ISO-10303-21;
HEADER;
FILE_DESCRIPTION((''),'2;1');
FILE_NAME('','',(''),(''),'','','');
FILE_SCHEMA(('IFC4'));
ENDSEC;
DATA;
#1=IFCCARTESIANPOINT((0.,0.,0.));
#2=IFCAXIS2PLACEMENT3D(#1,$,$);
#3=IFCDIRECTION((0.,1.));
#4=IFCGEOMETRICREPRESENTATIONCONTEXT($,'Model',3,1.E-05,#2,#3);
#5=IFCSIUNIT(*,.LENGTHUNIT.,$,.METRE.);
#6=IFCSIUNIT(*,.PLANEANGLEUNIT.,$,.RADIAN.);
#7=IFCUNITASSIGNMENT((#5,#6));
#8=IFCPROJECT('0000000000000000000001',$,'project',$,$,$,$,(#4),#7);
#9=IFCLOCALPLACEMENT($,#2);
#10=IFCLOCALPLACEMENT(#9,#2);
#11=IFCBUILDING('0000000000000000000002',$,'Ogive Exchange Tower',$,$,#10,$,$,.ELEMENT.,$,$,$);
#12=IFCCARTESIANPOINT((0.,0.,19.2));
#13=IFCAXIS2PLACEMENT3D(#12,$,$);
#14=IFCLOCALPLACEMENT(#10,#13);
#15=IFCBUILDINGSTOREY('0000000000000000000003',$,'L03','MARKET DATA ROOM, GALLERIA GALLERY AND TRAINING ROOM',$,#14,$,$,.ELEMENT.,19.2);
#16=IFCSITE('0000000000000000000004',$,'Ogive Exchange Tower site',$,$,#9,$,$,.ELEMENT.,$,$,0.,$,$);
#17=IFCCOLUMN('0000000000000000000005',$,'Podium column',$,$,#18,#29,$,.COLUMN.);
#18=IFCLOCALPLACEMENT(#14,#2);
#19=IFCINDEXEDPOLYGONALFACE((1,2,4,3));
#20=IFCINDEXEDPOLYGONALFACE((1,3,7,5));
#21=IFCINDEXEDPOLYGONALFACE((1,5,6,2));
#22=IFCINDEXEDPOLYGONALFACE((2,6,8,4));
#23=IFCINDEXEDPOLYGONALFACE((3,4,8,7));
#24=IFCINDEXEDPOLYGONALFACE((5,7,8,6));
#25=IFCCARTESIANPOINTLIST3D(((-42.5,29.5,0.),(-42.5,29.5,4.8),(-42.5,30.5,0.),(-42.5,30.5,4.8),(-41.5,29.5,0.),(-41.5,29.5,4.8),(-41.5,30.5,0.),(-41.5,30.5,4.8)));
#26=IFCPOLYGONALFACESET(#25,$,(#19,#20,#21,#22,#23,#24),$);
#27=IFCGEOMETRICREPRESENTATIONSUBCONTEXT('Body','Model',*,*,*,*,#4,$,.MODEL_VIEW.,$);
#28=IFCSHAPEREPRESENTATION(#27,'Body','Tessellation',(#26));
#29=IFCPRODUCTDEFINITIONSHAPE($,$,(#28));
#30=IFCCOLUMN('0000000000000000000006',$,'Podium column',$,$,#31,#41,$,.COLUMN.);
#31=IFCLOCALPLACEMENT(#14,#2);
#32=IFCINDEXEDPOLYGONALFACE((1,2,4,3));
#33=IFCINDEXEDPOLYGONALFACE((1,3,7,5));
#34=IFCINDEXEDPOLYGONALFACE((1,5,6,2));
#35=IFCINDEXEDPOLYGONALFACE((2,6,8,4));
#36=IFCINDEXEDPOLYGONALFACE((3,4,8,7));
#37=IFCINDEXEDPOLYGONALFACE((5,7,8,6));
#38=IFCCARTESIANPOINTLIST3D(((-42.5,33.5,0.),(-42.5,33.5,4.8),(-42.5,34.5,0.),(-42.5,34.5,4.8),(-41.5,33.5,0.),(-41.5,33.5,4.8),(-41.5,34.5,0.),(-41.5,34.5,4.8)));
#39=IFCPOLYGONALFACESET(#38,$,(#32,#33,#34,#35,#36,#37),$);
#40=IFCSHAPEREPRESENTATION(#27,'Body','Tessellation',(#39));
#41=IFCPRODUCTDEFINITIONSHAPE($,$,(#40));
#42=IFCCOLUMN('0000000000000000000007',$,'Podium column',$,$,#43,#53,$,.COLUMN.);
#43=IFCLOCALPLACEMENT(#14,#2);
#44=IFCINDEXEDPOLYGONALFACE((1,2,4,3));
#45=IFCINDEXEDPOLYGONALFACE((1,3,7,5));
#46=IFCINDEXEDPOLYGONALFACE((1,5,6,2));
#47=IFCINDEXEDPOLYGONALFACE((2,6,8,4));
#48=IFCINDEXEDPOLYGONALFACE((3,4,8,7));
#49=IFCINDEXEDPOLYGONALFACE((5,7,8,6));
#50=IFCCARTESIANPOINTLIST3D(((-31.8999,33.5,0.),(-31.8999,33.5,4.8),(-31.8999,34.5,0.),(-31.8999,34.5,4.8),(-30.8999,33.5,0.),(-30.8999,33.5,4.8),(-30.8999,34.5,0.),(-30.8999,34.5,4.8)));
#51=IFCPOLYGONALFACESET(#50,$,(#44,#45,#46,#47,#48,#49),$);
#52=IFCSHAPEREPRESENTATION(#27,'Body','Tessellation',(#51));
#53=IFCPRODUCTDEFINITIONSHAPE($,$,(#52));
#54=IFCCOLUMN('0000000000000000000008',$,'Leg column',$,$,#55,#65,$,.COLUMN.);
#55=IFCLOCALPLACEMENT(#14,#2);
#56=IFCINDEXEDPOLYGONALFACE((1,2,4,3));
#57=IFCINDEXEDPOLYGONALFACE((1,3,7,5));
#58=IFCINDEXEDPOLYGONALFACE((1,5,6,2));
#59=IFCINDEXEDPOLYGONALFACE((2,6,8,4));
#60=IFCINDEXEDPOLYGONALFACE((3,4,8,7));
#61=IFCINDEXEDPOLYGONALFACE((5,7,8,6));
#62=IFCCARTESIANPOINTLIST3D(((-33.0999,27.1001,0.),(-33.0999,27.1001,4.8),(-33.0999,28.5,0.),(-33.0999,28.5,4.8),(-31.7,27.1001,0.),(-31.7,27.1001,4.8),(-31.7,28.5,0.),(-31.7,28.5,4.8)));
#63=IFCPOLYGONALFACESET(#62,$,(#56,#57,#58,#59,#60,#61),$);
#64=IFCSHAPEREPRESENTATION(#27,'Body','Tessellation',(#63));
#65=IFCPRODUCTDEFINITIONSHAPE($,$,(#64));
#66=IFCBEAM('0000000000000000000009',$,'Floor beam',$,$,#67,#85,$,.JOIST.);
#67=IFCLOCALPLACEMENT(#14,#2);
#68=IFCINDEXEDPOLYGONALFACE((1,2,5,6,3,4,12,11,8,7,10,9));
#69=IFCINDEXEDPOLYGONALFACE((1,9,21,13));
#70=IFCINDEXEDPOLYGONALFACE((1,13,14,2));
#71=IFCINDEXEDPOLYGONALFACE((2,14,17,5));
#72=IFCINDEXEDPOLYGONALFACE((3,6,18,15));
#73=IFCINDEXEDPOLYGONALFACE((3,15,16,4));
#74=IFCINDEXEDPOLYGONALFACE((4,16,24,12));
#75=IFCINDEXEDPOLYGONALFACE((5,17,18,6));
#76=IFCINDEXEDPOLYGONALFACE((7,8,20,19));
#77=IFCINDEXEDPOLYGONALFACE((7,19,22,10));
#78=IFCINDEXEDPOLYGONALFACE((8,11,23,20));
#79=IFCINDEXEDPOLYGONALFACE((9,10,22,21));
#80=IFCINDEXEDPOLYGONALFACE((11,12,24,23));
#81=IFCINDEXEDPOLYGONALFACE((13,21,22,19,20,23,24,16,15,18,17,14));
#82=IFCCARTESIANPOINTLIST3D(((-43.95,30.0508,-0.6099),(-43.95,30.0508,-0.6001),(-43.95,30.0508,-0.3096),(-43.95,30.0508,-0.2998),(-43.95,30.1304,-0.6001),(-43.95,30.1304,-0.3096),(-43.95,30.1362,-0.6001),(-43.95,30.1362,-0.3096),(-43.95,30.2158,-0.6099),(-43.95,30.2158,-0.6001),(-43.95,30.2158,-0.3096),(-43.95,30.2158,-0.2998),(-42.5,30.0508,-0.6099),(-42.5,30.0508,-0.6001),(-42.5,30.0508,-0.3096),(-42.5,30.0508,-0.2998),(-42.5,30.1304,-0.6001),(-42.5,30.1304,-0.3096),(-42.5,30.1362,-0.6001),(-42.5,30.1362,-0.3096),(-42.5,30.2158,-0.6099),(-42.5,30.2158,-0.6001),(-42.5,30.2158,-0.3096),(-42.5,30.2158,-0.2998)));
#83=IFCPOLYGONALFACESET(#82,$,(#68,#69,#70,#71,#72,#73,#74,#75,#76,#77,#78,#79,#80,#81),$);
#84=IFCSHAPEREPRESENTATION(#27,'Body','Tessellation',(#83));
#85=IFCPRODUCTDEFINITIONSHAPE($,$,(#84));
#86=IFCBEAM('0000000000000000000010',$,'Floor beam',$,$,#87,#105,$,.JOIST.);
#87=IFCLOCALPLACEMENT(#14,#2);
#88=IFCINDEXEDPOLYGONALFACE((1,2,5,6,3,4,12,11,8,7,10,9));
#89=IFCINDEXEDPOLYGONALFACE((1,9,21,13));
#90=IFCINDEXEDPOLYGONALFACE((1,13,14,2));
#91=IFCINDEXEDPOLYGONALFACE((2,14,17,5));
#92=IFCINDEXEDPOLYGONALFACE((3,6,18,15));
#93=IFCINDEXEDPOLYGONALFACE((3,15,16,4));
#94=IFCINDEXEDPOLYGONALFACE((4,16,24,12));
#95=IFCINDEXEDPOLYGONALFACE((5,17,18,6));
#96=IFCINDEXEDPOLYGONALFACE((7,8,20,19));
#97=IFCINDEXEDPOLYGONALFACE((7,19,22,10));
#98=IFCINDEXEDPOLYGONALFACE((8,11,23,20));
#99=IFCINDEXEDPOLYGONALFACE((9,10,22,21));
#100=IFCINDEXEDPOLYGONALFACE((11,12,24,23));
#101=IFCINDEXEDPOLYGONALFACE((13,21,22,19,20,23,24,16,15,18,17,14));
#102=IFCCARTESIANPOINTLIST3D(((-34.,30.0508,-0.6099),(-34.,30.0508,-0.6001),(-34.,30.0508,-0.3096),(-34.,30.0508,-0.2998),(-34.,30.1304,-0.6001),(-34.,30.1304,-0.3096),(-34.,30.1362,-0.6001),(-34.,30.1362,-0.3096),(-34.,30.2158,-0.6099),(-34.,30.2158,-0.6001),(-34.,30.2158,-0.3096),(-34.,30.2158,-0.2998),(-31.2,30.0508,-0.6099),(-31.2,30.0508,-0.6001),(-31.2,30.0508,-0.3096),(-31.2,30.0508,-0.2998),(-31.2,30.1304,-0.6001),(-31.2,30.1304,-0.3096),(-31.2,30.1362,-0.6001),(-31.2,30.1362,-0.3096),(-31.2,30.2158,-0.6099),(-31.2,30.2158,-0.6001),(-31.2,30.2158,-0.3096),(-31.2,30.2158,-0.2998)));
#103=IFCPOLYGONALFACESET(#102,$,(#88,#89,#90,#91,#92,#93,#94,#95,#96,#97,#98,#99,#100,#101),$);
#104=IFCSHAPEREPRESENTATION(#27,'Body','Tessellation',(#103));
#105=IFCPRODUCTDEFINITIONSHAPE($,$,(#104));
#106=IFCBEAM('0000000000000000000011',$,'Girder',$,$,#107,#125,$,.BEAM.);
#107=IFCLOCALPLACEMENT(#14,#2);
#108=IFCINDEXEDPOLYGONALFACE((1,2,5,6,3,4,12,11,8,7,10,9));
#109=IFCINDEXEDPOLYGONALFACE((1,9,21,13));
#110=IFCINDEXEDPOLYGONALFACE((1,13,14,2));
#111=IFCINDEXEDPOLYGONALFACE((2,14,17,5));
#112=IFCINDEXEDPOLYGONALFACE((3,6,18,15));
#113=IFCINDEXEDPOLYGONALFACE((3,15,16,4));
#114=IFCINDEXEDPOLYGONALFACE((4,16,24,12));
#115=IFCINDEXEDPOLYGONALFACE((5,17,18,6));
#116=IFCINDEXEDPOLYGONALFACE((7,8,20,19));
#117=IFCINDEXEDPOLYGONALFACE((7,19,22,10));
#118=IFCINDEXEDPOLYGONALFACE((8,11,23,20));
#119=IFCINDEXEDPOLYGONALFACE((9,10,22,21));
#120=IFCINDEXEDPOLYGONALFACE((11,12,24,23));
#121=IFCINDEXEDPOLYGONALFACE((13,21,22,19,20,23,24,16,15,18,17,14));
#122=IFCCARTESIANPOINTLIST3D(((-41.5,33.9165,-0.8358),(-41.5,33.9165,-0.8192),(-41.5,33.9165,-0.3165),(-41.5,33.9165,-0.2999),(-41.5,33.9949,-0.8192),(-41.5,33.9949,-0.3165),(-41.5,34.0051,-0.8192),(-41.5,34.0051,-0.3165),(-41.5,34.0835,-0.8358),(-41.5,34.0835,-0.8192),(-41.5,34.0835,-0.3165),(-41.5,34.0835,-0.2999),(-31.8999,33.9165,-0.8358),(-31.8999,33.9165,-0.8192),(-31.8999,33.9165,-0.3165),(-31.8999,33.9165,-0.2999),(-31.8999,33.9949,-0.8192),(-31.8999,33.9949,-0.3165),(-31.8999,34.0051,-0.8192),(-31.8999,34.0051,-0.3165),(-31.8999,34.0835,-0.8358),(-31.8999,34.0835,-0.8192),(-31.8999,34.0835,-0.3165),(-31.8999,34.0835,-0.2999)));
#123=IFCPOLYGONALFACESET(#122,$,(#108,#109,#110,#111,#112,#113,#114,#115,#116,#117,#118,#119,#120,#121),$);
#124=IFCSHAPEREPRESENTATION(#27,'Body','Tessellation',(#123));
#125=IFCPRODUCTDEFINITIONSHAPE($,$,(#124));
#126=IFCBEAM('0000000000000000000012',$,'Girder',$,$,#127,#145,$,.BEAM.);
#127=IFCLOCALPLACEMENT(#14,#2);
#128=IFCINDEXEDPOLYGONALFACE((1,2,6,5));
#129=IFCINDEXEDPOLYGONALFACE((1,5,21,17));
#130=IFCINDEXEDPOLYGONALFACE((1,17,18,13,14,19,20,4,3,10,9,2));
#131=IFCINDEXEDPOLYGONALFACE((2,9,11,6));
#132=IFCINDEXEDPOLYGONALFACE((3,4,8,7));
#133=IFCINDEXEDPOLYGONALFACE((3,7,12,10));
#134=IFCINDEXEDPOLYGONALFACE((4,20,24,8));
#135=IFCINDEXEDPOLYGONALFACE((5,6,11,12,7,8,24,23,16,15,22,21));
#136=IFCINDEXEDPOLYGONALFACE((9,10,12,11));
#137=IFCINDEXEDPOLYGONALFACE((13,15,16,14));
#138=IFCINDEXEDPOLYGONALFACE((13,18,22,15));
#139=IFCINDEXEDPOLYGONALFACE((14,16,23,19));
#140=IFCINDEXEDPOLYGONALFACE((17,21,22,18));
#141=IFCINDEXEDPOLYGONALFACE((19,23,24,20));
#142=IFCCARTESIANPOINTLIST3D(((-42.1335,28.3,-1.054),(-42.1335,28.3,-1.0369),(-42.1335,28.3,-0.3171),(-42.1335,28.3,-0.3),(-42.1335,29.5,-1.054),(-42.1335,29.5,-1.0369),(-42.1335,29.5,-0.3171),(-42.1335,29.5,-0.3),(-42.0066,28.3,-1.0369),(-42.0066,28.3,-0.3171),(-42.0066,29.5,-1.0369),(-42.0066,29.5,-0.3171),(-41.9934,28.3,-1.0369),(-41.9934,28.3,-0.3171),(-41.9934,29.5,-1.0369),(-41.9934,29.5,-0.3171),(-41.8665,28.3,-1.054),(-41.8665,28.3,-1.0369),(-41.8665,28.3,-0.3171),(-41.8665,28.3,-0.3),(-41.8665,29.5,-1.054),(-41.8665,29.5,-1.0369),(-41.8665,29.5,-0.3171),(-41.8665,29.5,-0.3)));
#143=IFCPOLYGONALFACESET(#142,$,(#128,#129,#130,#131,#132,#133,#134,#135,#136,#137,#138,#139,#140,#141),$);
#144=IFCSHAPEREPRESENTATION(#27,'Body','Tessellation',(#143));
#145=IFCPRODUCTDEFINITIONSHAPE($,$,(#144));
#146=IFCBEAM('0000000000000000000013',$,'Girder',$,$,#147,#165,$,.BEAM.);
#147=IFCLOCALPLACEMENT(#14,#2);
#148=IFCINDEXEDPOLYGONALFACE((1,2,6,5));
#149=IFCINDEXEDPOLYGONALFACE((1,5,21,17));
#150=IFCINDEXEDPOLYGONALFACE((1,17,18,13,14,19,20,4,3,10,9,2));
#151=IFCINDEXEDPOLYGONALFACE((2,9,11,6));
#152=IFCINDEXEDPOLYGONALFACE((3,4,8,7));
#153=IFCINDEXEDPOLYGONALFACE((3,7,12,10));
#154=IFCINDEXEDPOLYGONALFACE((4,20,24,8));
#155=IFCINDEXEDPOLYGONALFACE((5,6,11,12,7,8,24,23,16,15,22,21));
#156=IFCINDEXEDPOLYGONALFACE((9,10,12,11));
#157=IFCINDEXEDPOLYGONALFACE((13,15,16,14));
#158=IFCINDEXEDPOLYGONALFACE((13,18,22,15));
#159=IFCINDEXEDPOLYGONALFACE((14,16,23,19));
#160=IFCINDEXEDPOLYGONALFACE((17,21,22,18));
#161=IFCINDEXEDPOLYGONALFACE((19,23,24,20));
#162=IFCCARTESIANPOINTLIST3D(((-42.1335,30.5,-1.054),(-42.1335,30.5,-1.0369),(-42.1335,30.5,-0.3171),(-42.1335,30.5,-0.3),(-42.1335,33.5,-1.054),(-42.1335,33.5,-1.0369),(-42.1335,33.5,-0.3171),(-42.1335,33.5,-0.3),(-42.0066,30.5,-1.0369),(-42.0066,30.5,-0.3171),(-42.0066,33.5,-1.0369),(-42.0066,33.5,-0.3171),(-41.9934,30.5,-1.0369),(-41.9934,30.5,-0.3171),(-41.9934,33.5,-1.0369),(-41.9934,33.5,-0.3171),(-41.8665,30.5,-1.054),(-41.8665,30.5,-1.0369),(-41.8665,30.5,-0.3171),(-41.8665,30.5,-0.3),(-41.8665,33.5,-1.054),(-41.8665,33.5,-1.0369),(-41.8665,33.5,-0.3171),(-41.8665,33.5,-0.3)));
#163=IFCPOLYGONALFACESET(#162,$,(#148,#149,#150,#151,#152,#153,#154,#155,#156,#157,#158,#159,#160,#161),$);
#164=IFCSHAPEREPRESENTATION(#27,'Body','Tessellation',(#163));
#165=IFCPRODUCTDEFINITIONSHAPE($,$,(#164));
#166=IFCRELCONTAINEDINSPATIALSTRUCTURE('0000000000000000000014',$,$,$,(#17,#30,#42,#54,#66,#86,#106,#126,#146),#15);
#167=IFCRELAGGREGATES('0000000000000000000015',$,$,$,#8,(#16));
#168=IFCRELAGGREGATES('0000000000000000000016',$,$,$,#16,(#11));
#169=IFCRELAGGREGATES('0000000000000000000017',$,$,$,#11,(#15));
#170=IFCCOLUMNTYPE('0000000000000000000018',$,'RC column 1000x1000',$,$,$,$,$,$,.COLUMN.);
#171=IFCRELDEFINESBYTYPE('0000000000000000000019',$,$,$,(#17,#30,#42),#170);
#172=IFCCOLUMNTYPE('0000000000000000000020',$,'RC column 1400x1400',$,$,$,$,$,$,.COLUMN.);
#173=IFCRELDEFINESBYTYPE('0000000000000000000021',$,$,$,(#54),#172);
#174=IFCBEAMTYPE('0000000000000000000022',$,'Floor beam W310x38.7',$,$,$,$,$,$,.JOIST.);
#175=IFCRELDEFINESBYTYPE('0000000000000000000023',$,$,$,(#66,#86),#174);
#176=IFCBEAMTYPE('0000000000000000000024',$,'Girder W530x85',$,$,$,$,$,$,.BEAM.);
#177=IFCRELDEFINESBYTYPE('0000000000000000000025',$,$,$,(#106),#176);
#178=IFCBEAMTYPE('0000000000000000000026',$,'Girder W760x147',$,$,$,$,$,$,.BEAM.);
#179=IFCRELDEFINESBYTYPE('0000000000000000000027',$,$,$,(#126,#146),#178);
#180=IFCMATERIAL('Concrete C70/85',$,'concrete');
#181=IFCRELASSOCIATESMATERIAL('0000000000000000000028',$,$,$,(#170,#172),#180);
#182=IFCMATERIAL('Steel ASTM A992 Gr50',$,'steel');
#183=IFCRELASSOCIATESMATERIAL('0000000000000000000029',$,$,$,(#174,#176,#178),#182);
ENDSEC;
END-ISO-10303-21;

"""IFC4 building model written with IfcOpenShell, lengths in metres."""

from ifc_helpers import new_model, si_unit, direction, frame, origin, origin_2d, place, context, subcontext, project, spatial, rectangle, i_section, extrude, material, material_profile, profile_set, type_object, element, save


model = new_model("IFC4")

# Units and contexts
model_context = context("Model", 3, precision=1e-05, world=origin(), true_north=direction((0.0, 1.0)))
body_context = subcontext(model_context, "Body", "Model", "MODEL_VIEW")
ifc_project = project(units=[si_unit("LENGTHUNIT", "METRE"), si_unit("PLANEANGLEUNIT", "RADIAN")], contexts=[model_context])

# Site, building, storey
site_placement = place(None, origin())
site = spatial("IfcSite", under=ifc_project, at=site_placement, Name="Ogive Exchange Tower site", CompositionType="ELEMENT", RefElevation=0.0)
building_placement = place(site_placement, origin())
building = spatial("IfcBuilding", under=site, at=building_placement, Name="Ogive Exchange Tower", CompositionType="ELEMENT")
storey_placement = place(building_placement, frame((0.0, 0.0, 19.2)))
storey = spatial("IfcBuildingStorey", under=building, at=storey_placement, Name="L03", Description="MARKET DATA ROOM, GALLERIA GALLERY AND TRAINING ROOM", CompositionType="ELEMENT", Elevation=19.2)

# Columns
ifc_material_1 = material(Name="Concrete C70/85", Category="concrete")
ifc_material_profile_1 = material_profile(ifc_material_1, rectangle(XDim=1.0, YDim=1.0, at=origin_2d()), Name="RC 1000x1000")
ifc_profile_set_1 = profile_set([ifc_material_profile_1], Name="Concrete C70/85")
column_type_1 = type_object("IfcColumnType", Name="RC column 1000x1000", PredefinedType="COLUMN", material=ifc_profile_set_1)
for number, where, z_axis, x_axis, name in (
    (1, (-42.0, 30.0, 0.0), (0.0, 0.0, 1.0), (1.0, 0.0, 0.0), "Podium column"),
    (2, (-42.0, 34.0, 0.0), (0.0, 0.0, 1.0), (1.0, 0.0, 0.0), "Podium column"),
    (3, (-31.3999, 34.0, 0.0), (0.0, 0.0, 1.0), (1.0, 0.0, 0.0), "Podium column"),
):
    element("IfcColumn", number, at=place(storey_placement, frame(where, z_axis=z_axis, x_axis=x_axis)), inside=storey, type_object=column_type_1, Name=name, PredefinedType="COLUMN", context=body_context, shape_type="SweptSolid", body=[
        extrude(rectangle(XDim=1.0, YDim=1.0, at=origin_2d()), origin(), (0.0, 0.0, 1.0), 4.8),
    ])
ifc_material_profile_2 = material_profile(ifc_material_1, rectangle(XDim=1.3999, YDim=1.3999, at=origin_2d()), Name="RC 1400x1400")
ifc_profile_set_2 = profile_set([ifc_material_profile_2], Name="Concrete C70/85")
column_type_2 = type_object("IfcColumnType", Name="RC column 1400x1400", PredefinedType="COLUMN", material=ifc_profile_set_2)
column_placement = place(storey_placement, frame((-32.3999, 27.8, 0.0), z_axis=(0.0, 0.0, 1.0), x_axis=(1.0, 0.0, 0.0)))
element("IfcColumn", 4, at=column_placement, inside=storey, type_object=column_type_2, Name="Leg column", PredefinedType="COLUMN", context=body_context, shape_type="SweptSolid", body=[
    extrude(rectangle(XDim=1.3999, YDim=1.3999, at=origin_2d()), origin(), (0.0, 0.0, 1.0), 4.8),
])

# Beams
ifc_material_2 = material(Name="Steel ASTM A992 Gr50", Category="steel")
ifc_material_profile_3 = material_profile(ifc_material_2, i_section(OverallWidth=0.165, OverallDepth=0.3101, WebThickness=0.0059, FlangeThickness=0.0098, at=origin_2d()), Name="W310x38.7")
ifc_profile_set_3 = profile_set([ifc_material_profile_3], Name="Steel ASTM A992 Gr50")
beam_type_1 = type_object("IfcBeamType", Name="Floor beam W310x38.7", PredefinedType="JOIST", material=ifc_profile_set_3)
beam_1_placement = place(storey_placement, frame((-43.95, 30.1333, -0.4548), z_axis=(1.0, 0.0, 0.0), x_axis=(0.0, 1.0, 0.0)))
element("IfcBeam", 5, at=beam_1_placement, inside=storey, type_object=beam_type_1, Name="Floor beam", PredefinedType="JOIST", context=body_context, shape_type="SweptSolid", body=[
    extrude(i_section(OverallWidth=0.165, OverallDepth=0.3101, WebThickness=0.0059, FlangeThickness=0.0098, at=origin_2d()), origin(), (0.0, 0.0, 1.0), 1.45),
])
beam_2_placement = place(storey_placement, frame((-34.0, 30.1333, -0.4548), z_axis=(1.0, 0.0, 0.0), x_axis=(0.0, 1.0, 0.0)))
element("IfcBeam", 6, at=beam_2_placement, inside=storey, type_object=beam_type_1, Name="Floor beam", PredefinedType="JOIST", context=body_context, shape_type="SweptSolid", body=[
    extrude(i_section(OverallWidth=0.165, OverallDepth=0.3101, WebThickness=0.0059, FlangeThickness=0.0098, at=origin_2d()), origin(), (0.0, 0.0, 1.0), 2.8),
])
ifc_material_profile_4 = material_profile(ifc_material_2, i_section(OverallWidth=0.167, OverallDepth=0.5359, WebThickness=0.0103, FlangeThickness=0.0166, at=origin_2d()), Name="W530x85")
ifc_profile_set_4 = profile_set([ifc_material_profile_4], Name="Steel ASTM A992 Gr50")
beam_type_2 = type_object("IfcBeamType", Name="Girder W530x85", PredefinedType="BEAM", material=ifc_profile_set_4)
beam_3_placement = place(storey_placement, frame((-41.5, 34.0, -0.5679), z_axis=(1.0, 0.0, 0.0), x_axis=(0.0, 1.0, 0.0)))
element("IfcBeam", 7, at=beam_3_placement, inside=storey, type_object=beam_type_2, Name="Girder", PredefinedType="BEAM", context=body_context, shape_type="SweptSolid", body=[
    extrude(i_section(OverallWidth=0.167, OverallDepth=0.5359, WebThickness=0.0103, FlangeThickness=0.0166, at=origin_2d()), origin(), (0.0, 0.0, 1.0), 9.6001),
])
ifc_material_profile_5 = material_profile(ifc_material_2, i_section(OverallWidth=0.2671, OverallDepth=0.7539, WebThickness=0.0132, FlangeThickness=0.0171, at=origin_2d()), Name="W760x147")
ifc_profile_set_5 = profile_set([ifc_material_profile_5], Name="Steel ASTM A992 Gr50")
beam_type_3 = type_object("IfcBeamType", Name="Girder W760x147", PredefinedType="BEAM", material=ifc_profile_set_5)
beam_4_placement = place(storey_placement, frame((-42.0, 28.3, -0.677), z_axis=(0.0, 1.0, 0.0), x_axis=(-1.0, 0.0, 0.0)))
element("IfcBeam", 8, at=beam_4_placement, inside=storey, type_object=beam_type_3, Name="Girder", PredefinedType="BEAM", context=body_context, shape_type="SweptSolid", body=[
    extrude(i_section(OverallWidth=0.2671, OverallDepth=0.7539, WebThickness=0.0132, FlangeThickness=0.0171, at=origin_2d()), origin(), (0.0, 0.0, 1.0), 1.2),
])
beam_5_placement = place(storey_placement, frame((-42.0, 30.5, -0.677), z_axis=(0.0, 1.0, 0.0), x_axis=(-1.0, 0.0, 0.0)))
element("IfcBeam", 9, at=beam_5_placement, inside=storey, type_object=beam_type_3, Name="Girder", PredefinedType="BEAM", context=body_context, shape_type="SweptSolid", body=[
    extrude(i_section(OverallWidth=0.2671, OverallDepth=0.7539, WebThickness=0.0132, FlangeThickness=0.0171, at=origin_2d()), origin(), (0.0, 0.0, 1.0), 3.0),
])

save(model, "model.ifc")
